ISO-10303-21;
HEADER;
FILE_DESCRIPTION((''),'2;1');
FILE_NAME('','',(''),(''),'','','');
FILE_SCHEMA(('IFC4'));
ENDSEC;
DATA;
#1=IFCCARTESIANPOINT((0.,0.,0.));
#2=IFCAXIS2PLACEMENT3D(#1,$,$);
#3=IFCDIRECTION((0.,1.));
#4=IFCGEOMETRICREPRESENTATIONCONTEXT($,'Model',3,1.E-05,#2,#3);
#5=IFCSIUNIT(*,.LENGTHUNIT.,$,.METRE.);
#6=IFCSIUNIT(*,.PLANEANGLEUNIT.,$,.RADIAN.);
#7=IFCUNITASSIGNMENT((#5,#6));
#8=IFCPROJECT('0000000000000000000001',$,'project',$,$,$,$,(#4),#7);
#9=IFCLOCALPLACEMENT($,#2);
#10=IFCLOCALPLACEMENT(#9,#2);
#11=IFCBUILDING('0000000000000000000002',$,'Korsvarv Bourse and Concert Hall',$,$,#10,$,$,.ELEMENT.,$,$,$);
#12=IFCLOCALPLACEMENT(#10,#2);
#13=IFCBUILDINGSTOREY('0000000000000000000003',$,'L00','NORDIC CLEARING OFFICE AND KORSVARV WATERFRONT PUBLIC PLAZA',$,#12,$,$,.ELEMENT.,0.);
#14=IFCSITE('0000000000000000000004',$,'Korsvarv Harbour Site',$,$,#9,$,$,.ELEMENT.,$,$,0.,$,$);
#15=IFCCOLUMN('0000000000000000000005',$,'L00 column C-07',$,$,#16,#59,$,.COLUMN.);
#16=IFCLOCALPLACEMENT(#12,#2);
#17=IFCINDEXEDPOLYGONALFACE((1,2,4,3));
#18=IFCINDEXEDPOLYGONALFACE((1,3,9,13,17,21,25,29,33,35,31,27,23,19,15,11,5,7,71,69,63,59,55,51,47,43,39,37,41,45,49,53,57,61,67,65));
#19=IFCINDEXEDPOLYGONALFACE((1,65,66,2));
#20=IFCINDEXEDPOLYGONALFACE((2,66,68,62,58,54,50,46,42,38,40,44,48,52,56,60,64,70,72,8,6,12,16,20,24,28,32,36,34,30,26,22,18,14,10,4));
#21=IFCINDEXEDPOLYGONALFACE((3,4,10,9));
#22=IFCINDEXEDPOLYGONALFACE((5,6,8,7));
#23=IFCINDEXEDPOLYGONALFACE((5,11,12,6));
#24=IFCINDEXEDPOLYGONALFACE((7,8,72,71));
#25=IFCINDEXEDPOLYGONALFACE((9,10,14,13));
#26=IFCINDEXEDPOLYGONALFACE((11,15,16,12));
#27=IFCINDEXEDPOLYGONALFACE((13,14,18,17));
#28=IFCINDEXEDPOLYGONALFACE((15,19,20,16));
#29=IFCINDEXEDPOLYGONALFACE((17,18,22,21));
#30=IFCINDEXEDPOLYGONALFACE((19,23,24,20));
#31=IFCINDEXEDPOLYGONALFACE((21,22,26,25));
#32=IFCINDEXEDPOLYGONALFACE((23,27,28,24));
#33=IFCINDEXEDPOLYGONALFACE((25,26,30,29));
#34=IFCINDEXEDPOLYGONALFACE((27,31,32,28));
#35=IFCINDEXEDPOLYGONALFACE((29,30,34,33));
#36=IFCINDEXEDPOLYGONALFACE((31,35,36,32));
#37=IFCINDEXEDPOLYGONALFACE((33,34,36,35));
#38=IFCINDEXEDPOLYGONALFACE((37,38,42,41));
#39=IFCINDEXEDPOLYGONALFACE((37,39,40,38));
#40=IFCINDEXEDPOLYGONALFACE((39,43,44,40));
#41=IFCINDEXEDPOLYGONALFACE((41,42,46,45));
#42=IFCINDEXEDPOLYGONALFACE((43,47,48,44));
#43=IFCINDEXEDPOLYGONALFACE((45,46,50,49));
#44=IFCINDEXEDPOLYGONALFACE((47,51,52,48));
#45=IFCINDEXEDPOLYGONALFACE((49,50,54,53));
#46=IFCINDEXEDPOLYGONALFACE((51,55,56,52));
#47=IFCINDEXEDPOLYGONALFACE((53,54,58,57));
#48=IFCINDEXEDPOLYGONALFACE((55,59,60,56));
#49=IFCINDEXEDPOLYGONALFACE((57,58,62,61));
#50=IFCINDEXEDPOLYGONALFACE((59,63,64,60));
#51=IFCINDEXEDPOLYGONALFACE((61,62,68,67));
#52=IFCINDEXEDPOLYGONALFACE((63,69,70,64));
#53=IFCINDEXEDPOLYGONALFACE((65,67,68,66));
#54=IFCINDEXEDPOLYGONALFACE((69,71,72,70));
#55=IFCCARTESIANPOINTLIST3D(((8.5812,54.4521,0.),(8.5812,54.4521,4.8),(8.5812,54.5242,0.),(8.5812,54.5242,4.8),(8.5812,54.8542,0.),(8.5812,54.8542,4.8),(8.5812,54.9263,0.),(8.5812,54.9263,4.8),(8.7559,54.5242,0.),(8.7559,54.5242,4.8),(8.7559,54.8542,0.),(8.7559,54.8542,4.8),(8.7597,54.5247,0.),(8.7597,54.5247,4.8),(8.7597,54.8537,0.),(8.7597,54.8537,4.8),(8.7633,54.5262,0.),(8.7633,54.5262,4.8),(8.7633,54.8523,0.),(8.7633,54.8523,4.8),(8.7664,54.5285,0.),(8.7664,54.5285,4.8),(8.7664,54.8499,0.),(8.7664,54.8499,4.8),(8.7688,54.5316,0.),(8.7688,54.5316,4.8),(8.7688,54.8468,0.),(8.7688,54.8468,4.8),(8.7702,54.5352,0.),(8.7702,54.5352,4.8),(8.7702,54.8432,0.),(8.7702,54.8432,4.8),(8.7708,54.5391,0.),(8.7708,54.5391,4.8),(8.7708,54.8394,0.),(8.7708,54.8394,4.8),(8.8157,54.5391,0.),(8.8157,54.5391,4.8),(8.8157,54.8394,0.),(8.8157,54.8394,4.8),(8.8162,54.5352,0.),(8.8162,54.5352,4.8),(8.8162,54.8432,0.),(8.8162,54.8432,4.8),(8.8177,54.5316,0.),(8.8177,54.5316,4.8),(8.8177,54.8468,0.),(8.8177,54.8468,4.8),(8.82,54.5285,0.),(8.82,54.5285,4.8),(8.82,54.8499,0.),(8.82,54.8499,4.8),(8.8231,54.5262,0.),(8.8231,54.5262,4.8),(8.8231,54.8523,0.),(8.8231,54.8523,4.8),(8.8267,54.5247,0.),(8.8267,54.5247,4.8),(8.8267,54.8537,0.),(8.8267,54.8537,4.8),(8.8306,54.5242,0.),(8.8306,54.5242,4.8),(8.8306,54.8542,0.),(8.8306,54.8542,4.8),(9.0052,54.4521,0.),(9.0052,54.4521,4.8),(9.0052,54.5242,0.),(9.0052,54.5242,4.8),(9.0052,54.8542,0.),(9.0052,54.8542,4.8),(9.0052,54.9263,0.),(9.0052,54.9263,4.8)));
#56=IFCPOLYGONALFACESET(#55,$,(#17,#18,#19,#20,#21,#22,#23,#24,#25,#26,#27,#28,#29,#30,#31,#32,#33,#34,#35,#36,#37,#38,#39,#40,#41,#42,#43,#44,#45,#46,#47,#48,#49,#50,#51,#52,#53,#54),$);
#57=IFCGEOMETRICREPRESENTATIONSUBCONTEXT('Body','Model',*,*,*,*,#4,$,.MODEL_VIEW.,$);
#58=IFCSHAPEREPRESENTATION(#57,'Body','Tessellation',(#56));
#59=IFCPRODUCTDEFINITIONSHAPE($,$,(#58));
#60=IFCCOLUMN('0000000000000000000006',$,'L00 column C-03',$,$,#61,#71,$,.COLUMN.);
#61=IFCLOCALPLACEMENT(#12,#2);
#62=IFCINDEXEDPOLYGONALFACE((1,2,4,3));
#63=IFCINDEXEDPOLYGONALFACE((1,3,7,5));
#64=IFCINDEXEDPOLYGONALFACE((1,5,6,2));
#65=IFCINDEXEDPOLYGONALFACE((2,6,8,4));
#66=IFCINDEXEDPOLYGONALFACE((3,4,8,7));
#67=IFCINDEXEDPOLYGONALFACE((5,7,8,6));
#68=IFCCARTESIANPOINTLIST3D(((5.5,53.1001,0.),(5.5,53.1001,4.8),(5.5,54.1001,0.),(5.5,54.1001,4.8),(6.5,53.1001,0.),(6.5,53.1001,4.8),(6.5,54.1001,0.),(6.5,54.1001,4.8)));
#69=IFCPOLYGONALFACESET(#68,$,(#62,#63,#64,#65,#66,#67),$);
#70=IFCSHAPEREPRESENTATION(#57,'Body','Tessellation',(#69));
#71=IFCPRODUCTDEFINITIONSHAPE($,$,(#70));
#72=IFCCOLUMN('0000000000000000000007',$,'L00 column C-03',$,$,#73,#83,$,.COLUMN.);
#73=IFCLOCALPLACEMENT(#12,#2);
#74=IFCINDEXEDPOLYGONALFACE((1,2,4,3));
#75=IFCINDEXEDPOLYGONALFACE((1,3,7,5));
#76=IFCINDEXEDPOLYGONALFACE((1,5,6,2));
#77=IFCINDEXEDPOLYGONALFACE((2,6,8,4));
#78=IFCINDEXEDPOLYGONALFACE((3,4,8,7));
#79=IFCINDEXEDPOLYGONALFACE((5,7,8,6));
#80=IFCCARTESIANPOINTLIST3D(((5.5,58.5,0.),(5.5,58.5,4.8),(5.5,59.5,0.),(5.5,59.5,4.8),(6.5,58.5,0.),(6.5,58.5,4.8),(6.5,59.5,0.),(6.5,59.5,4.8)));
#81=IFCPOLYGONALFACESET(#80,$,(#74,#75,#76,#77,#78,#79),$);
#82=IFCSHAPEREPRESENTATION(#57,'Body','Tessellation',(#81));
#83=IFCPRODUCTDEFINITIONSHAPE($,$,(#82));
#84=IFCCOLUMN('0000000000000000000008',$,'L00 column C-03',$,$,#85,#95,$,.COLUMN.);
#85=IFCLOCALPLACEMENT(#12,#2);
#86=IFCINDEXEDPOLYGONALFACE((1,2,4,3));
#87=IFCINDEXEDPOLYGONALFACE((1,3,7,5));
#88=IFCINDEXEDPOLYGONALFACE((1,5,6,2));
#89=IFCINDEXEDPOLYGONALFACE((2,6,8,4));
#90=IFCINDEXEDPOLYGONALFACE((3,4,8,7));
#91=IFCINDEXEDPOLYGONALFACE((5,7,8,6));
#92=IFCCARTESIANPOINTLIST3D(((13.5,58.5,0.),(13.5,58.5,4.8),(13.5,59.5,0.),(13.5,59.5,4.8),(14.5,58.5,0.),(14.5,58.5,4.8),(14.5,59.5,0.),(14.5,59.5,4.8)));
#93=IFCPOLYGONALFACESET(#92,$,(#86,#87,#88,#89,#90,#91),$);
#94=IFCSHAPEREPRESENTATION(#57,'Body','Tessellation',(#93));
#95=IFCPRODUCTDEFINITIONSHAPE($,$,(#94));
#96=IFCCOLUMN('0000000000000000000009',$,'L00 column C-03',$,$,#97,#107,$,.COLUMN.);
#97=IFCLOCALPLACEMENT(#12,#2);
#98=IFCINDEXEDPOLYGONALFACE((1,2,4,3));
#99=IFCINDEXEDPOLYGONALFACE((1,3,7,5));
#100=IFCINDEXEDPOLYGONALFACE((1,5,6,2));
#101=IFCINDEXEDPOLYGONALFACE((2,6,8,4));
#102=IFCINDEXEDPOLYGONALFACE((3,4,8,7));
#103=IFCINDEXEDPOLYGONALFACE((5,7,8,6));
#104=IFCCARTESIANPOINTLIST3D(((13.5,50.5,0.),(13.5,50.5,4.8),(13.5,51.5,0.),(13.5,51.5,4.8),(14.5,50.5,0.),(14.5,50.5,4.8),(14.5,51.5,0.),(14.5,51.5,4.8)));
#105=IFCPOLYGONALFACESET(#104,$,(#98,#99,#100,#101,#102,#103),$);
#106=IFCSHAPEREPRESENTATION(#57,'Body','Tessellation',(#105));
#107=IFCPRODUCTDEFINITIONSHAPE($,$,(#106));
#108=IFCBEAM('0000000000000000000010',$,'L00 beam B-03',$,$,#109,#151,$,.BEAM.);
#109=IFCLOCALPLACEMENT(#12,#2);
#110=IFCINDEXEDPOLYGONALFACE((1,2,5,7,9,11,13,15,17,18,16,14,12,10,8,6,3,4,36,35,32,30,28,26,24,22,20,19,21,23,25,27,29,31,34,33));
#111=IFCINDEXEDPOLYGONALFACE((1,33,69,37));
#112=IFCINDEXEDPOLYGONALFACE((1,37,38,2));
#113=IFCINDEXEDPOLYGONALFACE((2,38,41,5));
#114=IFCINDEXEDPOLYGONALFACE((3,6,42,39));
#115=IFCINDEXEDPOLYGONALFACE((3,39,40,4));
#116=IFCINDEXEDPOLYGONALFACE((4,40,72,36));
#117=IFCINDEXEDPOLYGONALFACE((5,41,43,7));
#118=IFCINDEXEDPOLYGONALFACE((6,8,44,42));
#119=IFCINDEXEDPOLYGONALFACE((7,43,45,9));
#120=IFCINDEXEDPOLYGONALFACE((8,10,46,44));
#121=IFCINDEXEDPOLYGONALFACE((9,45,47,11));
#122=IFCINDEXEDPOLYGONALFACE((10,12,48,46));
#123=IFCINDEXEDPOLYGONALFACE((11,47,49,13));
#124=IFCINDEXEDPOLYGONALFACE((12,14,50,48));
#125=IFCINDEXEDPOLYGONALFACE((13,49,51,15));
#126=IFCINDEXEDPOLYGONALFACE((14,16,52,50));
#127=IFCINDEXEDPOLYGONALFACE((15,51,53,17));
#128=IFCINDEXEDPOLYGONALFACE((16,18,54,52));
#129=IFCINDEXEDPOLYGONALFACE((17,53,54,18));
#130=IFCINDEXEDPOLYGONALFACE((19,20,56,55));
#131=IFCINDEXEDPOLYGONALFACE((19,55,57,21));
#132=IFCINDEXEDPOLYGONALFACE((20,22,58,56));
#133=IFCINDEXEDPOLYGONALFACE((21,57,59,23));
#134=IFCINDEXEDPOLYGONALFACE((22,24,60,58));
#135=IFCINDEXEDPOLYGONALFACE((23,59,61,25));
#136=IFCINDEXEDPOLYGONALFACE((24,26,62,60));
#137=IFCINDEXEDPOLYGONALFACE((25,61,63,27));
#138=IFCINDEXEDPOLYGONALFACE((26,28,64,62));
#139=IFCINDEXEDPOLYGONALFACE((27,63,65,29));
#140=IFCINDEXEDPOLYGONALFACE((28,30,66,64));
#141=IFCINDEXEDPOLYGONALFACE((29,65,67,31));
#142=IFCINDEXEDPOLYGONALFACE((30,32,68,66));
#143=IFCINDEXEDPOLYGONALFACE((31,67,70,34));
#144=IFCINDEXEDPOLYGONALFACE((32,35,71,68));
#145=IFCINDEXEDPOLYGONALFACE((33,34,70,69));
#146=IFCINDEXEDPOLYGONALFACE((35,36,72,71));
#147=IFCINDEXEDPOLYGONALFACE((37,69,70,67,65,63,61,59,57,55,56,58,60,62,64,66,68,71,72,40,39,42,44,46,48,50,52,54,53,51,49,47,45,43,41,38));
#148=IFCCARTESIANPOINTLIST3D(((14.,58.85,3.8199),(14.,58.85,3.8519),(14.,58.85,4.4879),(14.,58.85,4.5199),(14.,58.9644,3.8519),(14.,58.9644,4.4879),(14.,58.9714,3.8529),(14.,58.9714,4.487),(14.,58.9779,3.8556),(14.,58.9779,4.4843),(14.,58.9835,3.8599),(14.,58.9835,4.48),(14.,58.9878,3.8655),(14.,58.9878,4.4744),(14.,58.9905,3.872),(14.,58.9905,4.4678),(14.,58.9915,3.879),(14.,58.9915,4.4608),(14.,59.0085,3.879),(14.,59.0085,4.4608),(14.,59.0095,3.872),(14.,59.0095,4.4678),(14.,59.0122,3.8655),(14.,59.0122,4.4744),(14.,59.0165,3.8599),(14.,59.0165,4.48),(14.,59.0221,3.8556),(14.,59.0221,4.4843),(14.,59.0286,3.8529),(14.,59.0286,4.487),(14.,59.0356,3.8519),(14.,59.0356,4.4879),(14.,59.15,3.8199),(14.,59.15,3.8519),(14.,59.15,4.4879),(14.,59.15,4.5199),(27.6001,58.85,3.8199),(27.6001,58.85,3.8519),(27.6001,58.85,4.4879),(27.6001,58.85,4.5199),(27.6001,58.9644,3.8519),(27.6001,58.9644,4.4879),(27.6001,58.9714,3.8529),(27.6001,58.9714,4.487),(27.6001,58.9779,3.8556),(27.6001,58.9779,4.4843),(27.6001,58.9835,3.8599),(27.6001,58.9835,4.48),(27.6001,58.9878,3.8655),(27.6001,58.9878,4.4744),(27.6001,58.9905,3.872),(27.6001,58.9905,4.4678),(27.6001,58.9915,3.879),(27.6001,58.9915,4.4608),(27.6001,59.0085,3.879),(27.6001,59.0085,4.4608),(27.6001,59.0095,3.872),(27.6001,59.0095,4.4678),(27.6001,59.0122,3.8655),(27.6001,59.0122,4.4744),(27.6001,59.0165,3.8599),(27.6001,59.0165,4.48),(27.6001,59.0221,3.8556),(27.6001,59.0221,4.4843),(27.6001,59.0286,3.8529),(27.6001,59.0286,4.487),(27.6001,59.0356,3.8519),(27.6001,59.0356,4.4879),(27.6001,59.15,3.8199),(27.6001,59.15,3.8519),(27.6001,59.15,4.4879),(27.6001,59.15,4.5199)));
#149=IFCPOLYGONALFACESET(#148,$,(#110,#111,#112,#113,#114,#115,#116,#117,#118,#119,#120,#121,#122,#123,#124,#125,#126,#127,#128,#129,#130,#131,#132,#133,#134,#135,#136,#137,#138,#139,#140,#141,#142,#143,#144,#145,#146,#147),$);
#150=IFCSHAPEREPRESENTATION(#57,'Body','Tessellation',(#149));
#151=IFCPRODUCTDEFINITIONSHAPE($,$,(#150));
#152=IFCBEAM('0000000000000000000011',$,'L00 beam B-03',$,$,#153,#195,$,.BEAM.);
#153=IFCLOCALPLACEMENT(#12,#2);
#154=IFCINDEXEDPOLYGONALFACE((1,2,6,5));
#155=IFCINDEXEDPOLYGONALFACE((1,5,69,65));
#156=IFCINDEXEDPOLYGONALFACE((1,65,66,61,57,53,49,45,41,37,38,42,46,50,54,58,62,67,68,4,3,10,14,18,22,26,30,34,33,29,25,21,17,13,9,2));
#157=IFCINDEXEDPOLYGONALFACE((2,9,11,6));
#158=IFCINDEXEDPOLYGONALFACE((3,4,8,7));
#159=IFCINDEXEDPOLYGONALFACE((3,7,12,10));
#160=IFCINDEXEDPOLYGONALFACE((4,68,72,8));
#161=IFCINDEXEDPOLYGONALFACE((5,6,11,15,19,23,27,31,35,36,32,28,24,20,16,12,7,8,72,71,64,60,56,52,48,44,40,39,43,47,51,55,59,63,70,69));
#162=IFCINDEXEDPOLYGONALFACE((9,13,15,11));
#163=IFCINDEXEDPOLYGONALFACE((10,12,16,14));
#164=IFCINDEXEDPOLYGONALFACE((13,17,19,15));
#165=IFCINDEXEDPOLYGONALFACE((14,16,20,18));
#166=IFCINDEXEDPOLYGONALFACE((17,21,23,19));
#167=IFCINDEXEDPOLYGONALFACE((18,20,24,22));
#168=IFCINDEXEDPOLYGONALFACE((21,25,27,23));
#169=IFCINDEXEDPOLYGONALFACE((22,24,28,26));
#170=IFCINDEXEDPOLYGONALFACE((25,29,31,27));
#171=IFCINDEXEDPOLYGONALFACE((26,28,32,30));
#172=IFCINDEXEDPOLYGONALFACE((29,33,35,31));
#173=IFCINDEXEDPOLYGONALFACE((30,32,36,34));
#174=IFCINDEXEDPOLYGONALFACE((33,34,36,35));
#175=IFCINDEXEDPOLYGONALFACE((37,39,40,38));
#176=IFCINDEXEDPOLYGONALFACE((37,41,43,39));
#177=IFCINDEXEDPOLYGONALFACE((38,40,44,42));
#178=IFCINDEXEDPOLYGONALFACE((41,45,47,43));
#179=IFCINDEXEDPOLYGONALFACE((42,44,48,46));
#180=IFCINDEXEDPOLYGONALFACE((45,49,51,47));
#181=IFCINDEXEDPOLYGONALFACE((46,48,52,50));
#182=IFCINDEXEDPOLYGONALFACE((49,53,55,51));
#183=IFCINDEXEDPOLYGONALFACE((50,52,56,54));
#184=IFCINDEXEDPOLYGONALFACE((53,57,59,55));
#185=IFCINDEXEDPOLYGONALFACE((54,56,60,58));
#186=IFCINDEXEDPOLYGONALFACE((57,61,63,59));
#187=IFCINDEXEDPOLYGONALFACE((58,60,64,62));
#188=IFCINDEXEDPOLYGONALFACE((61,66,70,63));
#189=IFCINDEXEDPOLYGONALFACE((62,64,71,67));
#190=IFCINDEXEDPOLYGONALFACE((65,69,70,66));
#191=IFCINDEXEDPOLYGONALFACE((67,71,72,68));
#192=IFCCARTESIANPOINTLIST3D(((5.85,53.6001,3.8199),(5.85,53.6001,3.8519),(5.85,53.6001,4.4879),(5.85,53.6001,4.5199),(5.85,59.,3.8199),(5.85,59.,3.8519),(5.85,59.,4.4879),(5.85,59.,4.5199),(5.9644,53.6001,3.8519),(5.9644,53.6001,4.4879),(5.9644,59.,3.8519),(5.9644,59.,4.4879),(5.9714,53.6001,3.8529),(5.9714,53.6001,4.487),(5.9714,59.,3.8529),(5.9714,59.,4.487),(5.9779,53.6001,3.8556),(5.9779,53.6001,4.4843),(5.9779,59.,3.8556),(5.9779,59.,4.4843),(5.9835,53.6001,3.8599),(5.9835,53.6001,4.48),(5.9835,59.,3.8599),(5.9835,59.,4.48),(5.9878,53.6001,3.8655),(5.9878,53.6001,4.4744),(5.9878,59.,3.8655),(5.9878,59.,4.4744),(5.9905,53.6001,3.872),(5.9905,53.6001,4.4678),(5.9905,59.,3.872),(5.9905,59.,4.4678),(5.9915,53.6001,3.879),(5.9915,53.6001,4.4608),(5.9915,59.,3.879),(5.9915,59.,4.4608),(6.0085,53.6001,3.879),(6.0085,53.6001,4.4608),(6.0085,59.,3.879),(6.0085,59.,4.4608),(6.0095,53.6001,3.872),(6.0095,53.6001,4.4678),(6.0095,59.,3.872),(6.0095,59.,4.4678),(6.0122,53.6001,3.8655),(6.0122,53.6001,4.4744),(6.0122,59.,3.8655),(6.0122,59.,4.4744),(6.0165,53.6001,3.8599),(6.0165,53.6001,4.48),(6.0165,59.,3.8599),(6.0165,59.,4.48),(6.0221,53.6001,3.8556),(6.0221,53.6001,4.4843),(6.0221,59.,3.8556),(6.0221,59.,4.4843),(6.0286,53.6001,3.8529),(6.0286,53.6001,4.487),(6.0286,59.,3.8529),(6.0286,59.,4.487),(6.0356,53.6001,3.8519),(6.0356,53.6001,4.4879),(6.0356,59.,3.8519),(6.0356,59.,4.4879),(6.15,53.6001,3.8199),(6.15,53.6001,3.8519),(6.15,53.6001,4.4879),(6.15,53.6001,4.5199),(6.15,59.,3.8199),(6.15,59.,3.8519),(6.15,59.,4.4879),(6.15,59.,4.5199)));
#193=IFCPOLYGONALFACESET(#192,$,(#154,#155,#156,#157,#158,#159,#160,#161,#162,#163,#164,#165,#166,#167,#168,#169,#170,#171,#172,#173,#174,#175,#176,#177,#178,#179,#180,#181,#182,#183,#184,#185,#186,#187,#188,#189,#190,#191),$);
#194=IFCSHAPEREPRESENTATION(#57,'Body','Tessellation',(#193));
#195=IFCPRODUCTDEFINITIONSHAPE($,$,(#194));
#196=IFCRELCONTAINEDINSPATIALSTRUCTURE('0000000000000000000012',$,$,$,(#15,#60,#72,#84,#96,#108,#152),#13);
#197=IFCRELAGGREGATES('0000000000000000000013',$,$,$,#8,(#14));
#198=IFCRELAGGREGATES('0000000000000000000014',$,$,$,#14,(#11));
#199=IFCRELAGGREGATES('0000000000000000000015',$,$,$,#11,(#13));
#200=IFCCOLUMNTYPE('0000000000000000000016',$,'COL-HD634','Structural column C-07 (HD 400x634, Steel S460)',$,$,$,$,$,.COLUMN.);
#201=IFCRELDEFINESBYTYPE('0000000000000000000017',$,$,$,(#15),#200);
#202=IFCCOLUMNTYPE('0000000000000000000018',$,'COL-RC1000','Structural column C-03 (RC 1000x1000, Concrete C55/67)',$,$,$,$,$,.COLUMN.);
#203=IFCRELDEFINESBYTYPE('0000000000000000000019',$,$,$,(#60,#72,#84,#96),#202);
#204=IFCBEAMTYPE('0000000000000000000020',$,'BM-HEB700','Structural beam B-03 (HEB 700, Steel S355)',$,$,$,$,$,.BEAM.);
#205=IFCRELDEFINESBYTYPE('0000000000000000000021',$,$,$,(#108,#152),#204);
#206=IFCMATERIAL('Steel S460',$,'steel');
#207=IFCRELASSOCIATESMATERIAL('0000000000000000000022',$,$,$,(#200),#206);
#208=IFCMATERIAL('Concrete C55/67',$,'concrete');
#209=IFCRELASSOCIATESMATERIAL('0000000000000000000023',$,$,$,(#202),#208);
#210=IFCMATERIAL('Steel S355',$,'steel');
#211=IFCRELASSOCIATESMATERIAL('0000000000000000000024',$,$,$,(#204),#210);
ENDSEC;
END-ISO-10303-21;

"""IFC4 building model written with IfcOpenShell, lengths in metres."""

from ifc_helpers import new_model, si_unit, direction, frame, origin, origin_2d, place, context, subcontext, project, spatial, rectangle, i_section, extrude, source, transform, mapped, material, material_profile, profile_set, type_object, element, save


model = new_model("IFC4")

# Units and contexts
model_context = context("Model", 3, precision=1e-05, world=origin(), true_north=direction((0.0, 1.0)))
body_context = subcontext(model_context, "Body", "Model", "MODEL_VIEW")
ifc_project = project(units=[si_unit("LENGTHUNIT", "METRE"), si_unit("PLANEANGLEUNIT", "RADIAN")], contexts=[model_context])

# Site, building, storey
site_placement = place(None, origin())
site = spatial("IfcSite", under=ifc_project, at=site_placement, Name="Korsvarv Harbour Site", CompositionType="ELEMENT", RefElevation=0.0)
building_placement = place(site_placement, origin())
building = spatial("IfcBuilding", under=site, at=building_placement, Name="Korsvarv Bourse and Concert Hall", CompositionType="ELEMENT")
storey_placement = place(building_placement, origin())
storey = spatial("IfcBuildingStorey", under=building, at=storey_placement, Name="L00", Description="NORDIC CLEARING OFFICE AND KORSVARV WATERFRONT PUBLIC PLAZA", CompositionType="ELEMENT", Elevation=0.0)

# Columns
ifc_material_1 = material(Name="Steel S460", Category="steel")
ifc_material_profile_1 = material_profile(ifc_material_1, i_section(OverallWidth=0.4241, OverallDepth=0.4741, WebThickness=0.0449, FlangeThickness=0.072, FilletRadius=0.0149, at=origin_2d()), Name="HD 400x634")
ifc_profile_set_1 = profile_set([ifc_material_profile_1], Name="Steel S460")
column_type_1 = type_object("IfcColumnType", Name="COL-HD634", Description="Structural column C-07 (HD 400x634, Steel S460)", PredefinedType="COLUMN", material=ifc_profile_set_1)
shared_shape_1 = source(origin(), body_context, "Body", "SweptSolid", [
    extrude(i_section(OverallWidth=0.4241, OverallDepth=0.4741, WebThickness=0.0449, FlangeThickness=0.072, FilletRadius=0.0149, at=origin_2d()), origin(), (0.0, 0.0, 1.0), 4.8),
])
column_placement = place(storey_placement, frame((8.7932, 54.6892, 0.0), z_axis=(0.0, 0.0, 1.0), x_axis=(1.0, 0.0, 0.0)))
element("IfcColumn", 1, at=column_placement, inside=storey, type_object=column_type_1, Name="L00 column C-07", PredefinedType="COLUMN", context=body_context, shape_type="MappedRepresentation", body=[
    mapped(shared_shape_1, transform((0.0, 0.0, 0.0), scale=1.0)),
])
ifc_material_2 = material(Name="Concrete C55/67", Category="concrete")
ifc_material_profile_2 = material_profile(ifc_material_2, rectangle(XDim=1.0, YDim=1.0, at=origin_2d()), Name="RC 1000x1000")
ifc_profile_set_2 = profile_set([ifc_material_profile_2], Name="Concrete C55/67")
column_type_2 = type_object("IfcColumnType", Name="COL-RC1000", Description="Structural column C-03 (RC 1000x1000, Concrete C55/67)", PredefinedType="COLUMN", material=ifc_profile_set_2)
shared_shape_2 = source(origin(), body_context, "Body", "SweptSolid", [
    extrude(rectangle(XDim=1.0, YDim=1.0, at=origin_2d()), origin(), (0.0, 0.0, 1.0), 4.8),
])
for number, where, z_axis, x_axis, name in (
    (2, (6.0, 53.6001, 0.0), (0.0, 0.0, 1.0), (1.0, 0.0, 0.0), "L00 column C-03"),
    (3, (6.0, 59.0, 0.0), (0.0, 0.0, 1.0), (1.0, 0.0, 0.0), "L00 column C-03"),
    (4, (14.0, 59.0, 0.0), (0.0, 0.0, 1.0), (1.0, 0.0, 0.0), "L00 column C-03"),
    (5, (14.0, 51.0, 0.0), (0.0, 0.0, 1.0), (1.0, 0.0, 0.0), "L00 column C-03"),
):
    element("IfcColumn", number, at=place(storey_placement, frame(where, z_axis=z_axis, x_axis=x_axis)), inside=storey, type_object=column_type_2, Name=name, PredefinedType="COLUMN", context=body_context, shape_type="MappedRepresentation", body=[
        mapped(shared_shape_2, transform((0.0, 0.0, 0.0), scale=1.0)),
    ])

# Beams
ifc_material_3 = material(Name="Steel S355", Category="steel")
ifc_material_profile_3 = material_profile(ifc_material_3, i_section(OverallWidth=0.3, OverallDepth=0.7, WebThickness=0.0171, FlangeThickness=0.032, FilletRadius=0.0271, at=origin_2d()), Name="HEB 700")
ifc_profile_set_3 = profile_set([ifc_material_profile_3], Name="Steel S355")
beam_type = type_object("IfcBeamType", Name="BM-HEB700", Description="Structural beam B-03 (HEB 700, Steel S355)", PredefinedType="BEAM", material=ifc_profile_set_3)
shared_shape_3 = source(origin(), body_context, "Body", "SweptSolid", [
    extrude(i_section(OverallWidth=0.3, OverallDepth=0.7, WebThickness=0.0171, FlangeThickness=0.032, FilletRadius=0.0271, at=origin_2d()), origin(), (0.0, 0.0, 1.0), 13.6001),
])
beam_1_placement = place(storey_placement, frame((14.0, 59.0, 4.1699), z_axis=(1.0, 0.0, 0.0), x_axis=(0.0, 1.0, 0.0)))
element("IfcBeam", 6, at=beam_1_placement, inside=storey, type_object=beam_type, Name="L00 beam B-03", PredefinedType="BEAM", context=body_context, shape_type="MappedRepresentation", body=[
    mapped(shared_shape_3, transform((0.0, 0.0, 0.0), scale=1.0)),
])
shared_shape_4 = source(origin(), body_context, "Body", "SweptSolid", [
    extrude(i_section(OverallWidth=0.3, OverallDepth=0.7, WebThickness=0.0171, FlangeThickness=0.032, FilletRadius=0.0271, at=origin_2d()), origin(), (0.0, 0.0, 1.0), 5.3999),
])
beam_2_placement = place(storey_placement, frame((6.0, 53.6001, 4.1699), z_axis=(0.0, 1.0, 0.0), x_axis=(-1.0, 0.0, 0.0)))
element("IfcBeam", 7, at=beam_2_placement, inside=storey, type_object=beam_type, Name="L00 beam B-03", PredefinedType="BEAM", context=body_context, shape_type="MappedRepresentation", body=[
    mapped(shared_shape_4, transform((0.0, 0.0, 0.0), scale=1.0)),
])

save(model, "model.ifc")
